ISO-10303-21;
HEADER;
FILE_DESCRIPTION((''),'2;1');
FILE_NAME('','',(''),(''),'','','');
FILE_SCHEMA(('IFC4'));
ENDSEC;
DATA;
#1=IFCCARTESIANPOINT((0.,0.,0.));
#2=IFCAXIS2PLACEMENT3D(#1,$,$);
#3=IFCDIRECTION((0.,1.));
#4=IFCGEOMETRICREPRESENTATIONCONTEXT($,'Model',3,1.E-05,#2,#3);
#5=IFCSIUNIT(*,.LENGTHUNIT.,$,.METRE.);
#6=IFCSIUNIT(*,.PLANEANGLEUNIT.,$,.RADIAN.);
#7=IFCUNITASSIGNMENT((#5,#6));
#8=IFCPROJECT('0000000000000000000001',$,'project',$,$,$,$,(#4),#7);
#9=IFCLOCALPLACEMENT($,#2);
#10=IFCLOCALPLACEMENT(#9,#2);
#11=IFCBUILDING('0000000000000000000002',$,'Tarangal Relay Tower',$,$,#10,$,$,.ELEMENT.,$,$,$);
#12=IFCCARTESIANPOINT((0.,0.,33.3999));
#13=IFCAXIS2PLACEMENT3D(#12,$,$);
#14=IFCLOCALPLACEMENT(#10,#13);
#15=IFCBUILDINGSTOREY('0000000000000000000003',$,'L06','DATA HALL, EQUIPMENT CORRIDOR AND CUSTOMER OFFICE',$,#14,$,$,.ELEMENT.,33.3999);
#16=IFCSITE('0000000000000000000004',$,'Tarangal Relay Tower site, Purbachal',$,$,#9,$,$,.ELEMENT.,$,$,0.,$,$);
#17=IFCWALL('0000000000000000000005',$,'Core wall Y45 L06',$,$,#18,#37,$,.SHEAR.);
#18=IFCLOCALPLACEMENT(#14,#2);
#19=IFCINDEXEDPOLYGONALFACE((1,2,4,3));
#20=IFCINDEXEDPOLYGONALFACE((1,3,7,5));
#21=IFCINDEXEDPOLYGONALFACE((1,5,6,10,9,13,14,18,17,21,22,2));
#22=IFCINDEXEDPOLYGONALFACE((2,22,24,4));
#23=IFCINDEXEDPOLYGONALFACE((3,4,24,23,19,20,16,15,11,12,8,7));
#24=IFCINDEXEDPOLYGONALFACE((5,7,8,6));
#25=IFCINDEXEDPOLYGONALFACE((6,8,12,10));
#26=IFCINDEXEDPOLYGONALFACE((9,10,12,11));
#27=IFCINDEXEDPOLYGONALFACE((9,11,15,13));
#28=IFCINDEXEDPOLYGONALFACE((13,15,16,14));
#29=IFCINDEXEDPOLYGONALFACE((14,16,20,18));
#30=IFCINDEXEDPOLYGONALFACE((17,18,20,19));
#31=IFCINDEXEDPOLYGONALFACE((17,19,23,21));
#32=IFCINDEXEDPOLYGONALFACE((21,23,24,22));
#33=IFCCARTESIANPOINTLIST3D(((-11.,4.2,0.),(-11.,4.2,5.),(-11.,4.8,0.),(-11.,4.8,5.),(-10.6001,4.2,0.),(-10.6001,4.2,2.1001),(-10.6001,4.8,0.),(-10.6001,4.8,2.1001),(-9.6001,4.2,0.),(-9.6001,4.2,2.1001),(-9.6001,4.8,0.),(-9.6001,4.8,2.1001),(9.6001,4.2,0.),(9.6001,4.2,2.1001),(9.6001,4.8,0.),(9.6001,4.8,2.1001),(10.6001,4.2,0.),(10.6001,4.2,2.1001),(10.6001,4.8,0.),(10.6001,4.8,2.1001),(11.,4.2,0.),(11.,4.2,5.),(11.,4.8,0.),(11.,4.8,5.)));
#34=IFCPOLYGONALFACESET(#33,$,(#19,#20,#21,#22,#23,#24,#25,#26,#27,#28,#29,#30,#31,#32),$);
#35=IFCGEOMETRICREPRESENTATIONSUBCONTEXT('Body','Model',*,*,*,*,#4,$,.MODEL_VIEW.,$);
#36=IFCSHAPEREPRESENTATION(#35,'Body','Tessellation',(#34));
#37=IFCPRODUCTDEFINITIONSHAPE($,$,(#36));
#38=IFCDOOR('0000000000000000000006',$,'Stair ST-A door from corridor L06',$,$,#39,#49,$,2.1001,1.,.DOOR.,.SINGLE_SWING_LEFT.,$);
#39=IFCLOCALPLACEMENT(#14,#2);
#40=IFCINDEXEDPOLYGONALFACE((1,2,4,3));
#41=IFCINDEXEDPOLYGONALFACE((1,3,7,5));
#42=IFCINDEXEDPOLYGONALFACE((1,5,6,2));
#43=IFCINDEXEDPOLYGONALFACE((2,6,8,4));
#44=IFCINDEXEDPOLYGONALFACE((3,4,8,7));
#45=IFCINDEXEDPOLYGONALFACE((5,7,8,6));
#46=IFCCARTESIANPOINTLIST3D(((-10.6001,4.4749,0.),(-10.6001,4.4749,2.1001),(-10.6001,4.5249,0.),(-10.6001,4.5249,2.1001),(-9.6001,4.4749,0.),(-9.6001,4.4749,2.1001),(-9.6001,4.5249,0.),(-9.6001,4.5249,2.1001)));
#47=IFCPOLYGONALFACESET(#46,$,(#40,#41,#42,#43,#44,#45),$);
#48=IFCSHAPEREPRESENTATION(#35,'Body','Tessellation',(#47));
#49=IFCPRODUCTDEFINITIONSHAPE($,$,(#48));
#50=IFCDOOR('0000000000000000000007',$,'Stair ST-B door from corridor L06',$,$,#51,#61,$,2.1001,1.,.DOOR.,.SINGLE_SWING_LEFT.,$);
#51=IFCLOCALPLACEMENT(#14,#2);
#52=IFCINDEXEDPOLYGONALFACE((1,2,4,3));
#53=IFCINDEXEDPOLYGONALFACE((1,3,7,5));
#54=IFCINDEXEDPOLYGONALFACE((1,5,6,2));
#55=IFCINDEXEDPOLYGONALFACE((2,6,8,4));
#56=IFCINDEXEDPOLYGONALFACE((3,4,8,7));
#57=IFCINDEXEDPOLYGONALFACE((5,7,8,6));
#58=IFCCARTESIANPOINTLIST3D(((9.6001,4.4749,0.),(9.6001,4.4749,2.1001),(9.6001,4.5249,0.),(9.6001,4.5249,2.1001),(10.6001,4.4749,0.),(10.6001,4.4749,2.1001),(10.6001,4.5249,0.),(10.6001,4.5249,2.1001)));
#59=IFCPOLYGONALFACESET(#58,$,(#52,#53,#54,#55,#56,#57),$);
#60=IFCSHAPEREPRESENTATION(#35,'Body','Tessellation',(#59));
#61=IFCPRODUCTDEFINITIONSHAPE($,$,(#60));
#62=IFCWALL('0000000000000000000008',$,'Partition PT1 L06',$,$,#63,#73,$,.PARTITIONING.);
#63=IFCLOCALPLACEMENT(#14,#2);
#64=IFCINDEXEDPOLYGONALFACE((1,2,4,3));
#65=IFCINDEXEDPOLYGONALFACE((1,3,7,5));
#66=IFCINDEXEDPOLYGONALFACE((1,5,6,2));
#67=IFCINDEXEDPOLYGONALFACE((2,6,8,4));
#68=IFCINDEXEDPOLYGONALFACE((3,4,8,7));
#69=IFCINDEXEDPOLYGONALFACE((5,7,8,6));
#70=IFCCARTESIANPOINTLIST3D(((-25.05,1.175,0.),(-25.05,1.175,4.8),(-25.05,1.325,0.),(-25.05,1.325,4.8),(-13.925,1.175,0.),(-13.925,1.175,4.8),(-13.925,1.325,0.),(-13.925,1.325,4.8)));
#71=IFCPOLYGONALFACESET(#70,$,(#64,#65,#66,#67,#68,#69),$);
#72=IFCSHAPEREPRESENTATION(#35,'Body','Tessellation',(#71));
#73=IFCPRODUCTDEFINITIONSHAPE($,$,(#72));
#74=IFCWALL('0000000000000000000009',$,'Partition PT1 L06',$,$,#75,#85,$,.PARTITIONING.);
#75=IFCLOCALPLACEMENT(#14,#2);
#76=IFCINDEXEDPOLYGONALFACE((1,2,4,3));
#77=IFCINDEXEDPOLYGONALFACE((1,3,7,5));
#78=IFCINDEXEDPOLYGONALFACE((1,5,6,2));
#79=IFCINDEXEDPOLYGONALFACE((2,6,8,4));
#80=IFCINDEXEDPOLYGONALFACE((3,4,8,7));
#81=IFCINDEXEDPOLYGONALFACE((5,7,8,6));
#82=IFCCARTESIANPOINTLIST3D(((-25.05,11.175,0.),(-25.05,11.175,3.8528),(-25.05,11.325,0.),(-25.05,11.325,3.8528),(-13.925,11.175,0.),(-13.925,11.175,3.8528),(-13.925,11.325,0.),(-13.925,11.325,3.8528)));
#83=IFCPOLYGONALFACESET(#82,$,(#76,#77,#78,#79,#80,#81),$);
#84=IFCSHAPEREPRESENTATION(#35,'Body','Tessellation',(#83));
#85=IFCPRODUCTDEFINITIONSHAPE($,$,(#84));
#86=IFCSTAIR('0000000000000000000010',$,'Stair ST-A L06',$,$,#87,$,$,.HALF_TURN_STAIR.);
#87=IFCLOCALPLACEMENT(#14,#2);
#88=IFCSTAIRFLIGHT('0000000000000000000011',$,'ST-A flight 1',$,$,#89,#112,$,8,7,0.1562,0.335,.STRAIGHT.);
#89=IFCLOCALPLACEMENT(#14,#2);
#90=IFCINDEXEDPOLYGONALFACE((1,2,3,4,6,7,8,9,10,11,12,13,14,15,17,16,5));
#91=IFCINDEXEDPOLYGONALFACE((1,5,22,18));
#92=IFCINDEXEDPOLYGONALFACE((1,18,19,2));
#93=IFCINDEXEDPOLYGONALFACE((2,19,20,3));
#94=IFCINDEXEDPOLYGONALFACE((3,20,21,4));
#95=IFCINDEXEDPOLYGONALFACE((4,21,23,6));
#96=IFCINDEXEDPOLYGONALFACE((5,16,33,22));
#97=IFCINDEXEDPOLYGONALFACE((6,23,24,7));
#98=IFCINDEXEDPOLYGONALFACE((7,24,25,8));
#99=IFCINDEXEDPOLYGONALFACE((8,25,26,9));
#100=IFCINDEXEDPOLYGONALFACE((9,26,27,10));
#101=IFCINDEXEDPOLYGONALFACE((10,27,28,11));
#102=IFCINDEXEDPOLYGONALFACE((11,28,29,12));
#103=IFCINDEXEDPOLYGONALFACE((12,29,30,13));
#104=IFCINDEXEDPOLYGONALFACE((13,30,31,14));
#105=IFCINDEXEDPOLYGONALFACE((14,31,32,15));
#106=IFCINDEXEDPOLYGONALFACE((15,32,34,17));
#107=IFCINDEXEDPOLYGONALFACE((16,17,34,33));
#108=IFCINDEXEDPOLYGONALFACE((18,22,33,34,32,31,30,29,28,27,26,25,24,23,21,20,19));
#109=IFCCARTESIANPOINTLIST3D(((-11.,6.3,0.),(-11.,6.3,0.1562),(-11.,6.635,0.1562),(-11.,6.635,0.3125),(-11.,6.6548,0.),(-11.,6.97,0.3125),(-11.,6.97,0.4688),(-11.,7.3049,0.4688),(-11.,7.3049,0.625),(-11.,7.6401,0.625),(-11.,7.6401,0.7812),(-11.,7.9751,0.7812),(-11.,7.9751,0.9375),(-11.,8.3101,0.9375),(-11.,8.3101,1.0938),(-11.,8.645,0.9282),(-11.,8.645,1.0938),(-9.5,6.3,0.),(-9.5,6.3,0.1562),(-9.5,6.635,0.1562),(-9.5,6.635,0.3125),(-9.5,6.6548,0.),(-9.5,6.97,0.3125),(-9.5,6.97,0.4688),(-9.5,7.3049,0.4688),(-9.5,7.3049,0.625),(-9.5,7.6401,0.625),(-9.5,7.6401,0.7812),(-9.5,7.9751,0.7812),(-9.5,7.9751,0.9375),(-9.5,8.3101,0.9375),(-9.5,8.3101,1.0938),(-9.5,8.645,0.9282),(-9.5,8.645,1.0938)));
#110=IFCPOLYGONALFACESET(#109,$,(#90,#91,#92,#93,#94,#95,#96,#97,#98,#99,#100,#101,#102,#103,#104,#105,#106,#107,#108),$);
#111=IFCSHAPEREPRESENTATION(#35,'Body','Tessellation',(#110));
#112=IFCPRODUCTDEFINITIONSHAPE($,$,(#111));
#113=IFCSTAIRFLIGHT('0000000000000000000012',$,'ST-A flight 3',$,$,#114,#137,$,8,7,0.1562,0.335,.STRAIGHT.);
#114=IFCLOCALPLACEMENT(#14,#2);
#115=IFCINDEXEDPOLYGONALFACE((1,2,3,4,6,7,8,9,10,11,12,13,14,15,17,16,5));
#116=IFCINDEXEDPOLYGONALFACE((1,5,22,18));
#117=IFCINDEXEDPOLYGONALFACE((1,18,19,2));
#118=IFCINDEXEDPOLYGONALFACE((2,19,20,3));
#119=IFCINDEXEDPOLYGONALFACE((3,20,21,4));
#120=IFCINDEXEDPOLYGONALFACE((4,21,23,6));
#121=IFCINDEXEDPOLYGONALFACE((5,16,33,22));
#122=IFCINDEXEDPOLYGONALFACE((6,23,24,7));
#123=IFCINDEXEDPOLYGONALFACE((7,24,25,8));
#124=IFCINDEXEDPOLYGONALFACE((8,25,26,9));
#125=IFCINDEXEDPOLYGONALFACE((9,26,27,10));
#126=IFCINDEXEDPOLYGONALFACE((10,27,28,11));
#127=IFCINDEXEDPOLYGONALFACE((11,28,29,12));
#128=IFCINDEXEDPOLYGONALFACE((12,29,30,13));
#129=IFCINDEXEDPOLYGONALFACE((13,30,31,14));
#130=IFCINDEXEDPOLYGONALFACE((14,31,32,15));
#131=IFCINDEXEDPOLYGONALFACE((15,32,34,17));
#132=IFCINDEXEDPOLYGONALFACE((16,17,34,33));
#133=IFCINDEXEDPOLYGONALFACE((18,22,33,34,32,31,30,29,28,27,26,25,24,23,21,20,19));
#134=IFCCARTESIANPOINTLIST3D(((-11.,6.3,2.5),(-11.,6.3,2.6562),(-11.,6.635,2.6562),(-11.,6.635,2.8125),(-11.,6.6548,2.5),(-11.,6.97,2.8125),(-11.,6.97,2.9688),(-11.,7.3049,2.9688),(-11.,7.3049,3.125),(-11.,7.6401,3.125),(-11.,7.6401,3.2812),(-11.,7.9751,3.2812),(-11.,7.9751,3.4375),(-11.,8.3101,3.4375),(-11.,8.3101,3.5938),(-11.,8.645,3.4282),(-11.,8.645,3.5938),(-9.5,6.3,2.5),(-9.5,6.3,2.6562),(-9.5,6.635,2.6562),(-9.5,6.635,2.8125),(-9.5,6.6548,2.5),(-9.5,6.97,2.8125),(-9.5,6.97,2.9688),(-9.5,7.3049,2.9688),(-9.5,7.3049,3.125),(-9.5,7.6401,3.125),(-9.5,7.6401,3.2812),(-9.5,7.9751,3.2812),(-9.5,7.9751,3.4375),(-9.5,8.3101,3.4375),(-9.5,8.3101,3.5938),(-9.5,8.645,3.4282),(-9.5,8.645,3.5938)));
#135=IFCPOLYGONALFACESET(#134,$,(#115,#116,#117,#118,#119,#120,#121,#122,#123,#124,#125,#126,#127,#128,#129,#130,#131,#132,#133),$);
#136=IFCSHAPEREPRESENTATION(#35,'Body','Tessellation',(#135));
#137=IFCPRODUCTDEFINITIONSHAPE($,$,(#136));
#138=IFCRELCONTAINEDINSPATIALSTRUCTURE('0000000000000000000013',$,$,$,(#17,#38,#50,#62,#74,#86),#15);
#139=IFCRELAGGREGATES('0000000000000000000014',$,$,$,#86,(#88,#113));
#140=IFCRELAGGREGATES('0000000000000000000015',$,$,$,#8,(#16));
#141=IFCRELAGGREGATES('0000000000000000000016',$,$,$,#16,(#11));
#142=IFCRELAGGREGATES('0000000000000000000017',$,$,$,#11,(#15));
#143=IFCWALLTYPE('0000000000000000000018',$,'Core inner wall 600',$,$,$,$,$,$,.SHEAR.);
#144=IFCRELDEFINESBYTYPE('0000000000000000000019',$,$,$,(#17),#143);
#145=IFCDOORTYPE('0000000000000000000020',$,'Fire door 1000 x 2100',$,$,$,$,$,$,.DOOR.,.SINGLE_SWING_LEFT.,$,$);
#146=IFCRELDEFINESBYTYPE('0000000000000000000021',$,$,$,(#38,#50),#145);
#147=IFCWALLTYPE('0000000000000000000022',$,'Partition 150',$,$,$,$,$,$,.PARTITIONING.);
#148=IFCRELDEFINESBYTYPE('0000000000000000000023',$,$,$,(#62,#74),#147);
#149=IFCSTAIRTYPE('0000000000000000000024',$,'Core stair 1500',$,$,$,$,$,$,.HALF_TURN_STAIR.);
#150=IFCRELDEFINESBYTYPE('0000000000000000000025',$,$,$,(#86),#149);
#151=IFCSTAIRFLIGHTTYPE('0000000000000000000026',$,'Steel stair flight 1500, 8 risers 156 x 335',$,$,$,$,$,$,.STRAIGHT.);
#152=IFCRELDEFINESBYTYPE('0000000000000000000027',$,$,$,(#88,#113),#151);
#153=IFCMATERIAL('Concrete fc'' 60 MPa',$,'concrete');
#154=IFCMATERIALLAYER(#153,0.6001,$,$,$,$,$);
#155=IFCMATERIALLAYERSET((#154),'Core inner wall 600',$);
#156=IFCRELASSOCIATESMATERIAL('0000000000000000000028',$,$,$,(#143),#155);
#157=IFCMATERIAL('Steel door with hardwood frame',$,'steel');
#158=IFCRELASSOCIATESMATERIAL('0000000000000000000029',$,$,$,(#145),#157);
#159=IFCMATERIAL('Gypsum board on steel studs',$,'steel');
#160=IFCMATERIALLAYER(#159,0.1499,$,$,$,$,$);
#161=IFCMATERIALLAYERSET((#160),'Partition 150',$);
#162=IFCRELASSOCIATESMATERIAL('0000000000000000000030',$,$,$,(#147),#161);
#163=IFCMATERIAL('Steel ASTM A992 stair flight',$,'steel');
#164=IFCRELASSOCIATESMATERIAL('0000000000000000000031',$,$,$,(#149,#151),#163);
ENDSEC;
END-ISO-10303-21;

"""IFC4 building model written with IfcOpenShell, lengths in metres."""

from ifc_helpers import new_model, si_unit, direction, frame, frame_2d, origin, place, context, subcontext, project, spatial, polyline, rectangle, outline, extrude, material, layer, layer_set, type_object, element, fill, aggregate, save


model = new_model("IFC4")

# Units and contexts
model_context = context("Model", 3, precision=1e-05, world=origin(), true_north=direction((0.0, 1.0)))
body_context = subcontext(model_context, "Body", "Model", "MODEL_VIEW")
ifc_project = project(units=[si_unit("LENGTHUNIT", "METRE"), si_unit("PLANEANGLEUNIT", "RADIAN")], contexts=[model_context])

# Site, building, storey
site_placement = place(None, origin())
site = spatial("IfcSite", under=ifc_project, at=site_placement, Name="Tarangal Relay Tower site, Purbachal", CompositionType="ELEMENT", RefElevation=0.0)
building_placement = place(site_placement, origin())
building = spatial("IfcBuilding", under=site, at=building_placement, Name="Tarangal Relay Tower", CompositionType="ELEMENT")
storey_placement = place(building_placement, frame((0.0, 0.0, 33.3999)))
storey = spatial("IfcBuildingStorey", under=building, at=storey_placement, Name="L06", Description="DATA HALL, EQUIPMENT CORRIDOR AND CUSTOMER OFFICE", CompositionType="ELEMENT", Elevation=33.3999)

# Wall, openings, doors
ifc_material_1 = material(Name="Concrete fc' 60 MPa", Category="concrete")
ifc_layer_1 = layer(ifc_material_1, 0.6001)
ifc_layer_set_1 = layer_set([ifc_layer_1], Name="Core inner wall 600")
wall_type_1 = type_object("IfcWallType", Name="Core inner wall 600", PredefinedType="SHEAR", material=ifc_layer_set_1)
wall_1_placement = place(storey_placement, frame((-11.0, 4.5, 0.0), z_axis=(0.0, 0.0, 1.0), x_axis=(1.0, 0.0, 0.0)))
wall_1 = element("IfcWall", 1, at=wall_1_placement, inside=storey, type_object=wall_type_1, Name="Core wall Y45 L06", PredefinedType="SHEAR", context=body_context, shape_type="SweptSolid", body=[
    extrude(rectangle(XDim=22.0, YDim=0.6001, at=frame_2d((11.0, 0.0))), origin(), (0.0, 0.0, 1.0), 5.0),
])
opening_1_placement = place(wall_1_placement, frame((0.3999, 0.0, 0.0)))
opening_1 = element("IfcOpeningElement", 2, at=opening_1_placement, cuts=wall_1, PredefinedType="OPENING", context=body_context, shape_type="SweptSolid", body=[
    extrude(rectangle(XDim=1.0, YDim=2.1001, at=frame_2d((0.5, 1.05))), frame((0.0, 0.3101, 0.0), z_axis=(0.0, -1.0, 0.0), x_axis=(1.0, 0.0, 0.0)), (0.0, 0.0, 1.0), 0.6201),
])
opening_2_placement = place(wall_1_placement, frame((20.6001, 0.0, 0.0)))
opening_2 = element("IfcOpeningElement", 3, at=opening_2_placement, cuts=wall_1, PredefinedType="OPENING", context=body_context, shape_type="SweptSolid", body=[
    extrude(rectangle(XDim=1.0, YDim=2.1001, at=frame_2d((0.5, 1.05))), frame((0.0, 0.3101, 0.0), z_axis=(0.0, -1.0, 0.0), x_axis=(1.0, 0.0, 0.0)), (0.0, 0.0, 1.0), 0.6201),
])
ifc_material_2 = material(Name="Steel door with hardwood frame", Category="steel")
door_type_1 = type_object("IfcDoorType", Name="Fire door 1000 x 2100", OperationType="SINGLE_SWING_LEFT", PredefinedType="DOOR", material=ifc_material_2)
door_1_placement = place(opening_1_placement, origin())
door_1 = element("IfcDoor", 4, at=door_1_placement, inside=storey, type_object=door_type_1, Name="Stair ST-A door from corridor L06", OperationType="SINGLE_SWING_LEFT", OverallHeight=2.1001, OverallWidth=1.0, PredefinedType="DOOR", context=body_context, shape_type="SweptSolid", body=[
    extrude(rectangle(XDim=1.0, YDim=2.1001, at=frame_2d((0.5, 1.05))), frame((0.0, 0.0249, 0.0), z_axis=(0.0, -1.0, 0.0), x_axis=(1.0, 0.0, 0.0)), (0.0, 0.0, 1.0), 0.05),
])
fill(opening_1, door_1)
door_2_placement = place(opening_2_placement, origin())
door_2 = element("IfcDoor", 5, at=door_2_placement, inside=storey, type_object=door_type_1, Name="Stair ST-B door from corridor L06", OperationType="SINGLE_SWING_LEFT", OverallHeight=2.1001, OverallWidth=1.0, PredefinedType="DOOR", context=body_context, shape_type="SweptSolid", body=[
    extrude(rectangle(XDim=1.0, YDim=2.1001, at=frame_2d((0.5, 1.05))), frame((0.0, 0.0249, 0.0), z_axis=(0.0, -1.0, 0.0), x_axis=(1.0, 0.0, 0.0)), (0.0, 0.0, 1.0), 0.05),
])
fill(opening_2, door_2)

# Walls
ifc_material_3 = material(Name="Gypsum board on steel studs", Category="steel")
ifc_layer_2 = layer(ifc_material_3, 0.1499)
ifc_layer_set_2 = layer_set([ifc_layer_2], Name="Partition 150")
wall_type_2 = type_object("IfcWallType", Name="Partition 150", PredefinedType="PARTITIONING", material=ifc_layer_set_2)
wall_2_placement = place(storey_placement, frame((-25.05, 1.25, 0.0), z_axis=(0.0, 0.0, 1.0), x_axis=(1.0, 0.0, 0.0)))
element("IfcWall", 6, at=wall_2_placement, inside=storey, type_object=wall_type_2, Name="Partition PT1 L06", PredefinedType="PARTITIONING", context=body_context, shape_type="SweptSolid", body=[
    extrude(rectangle(XDim=11.125, YDim=0.1499, at=frame_2d((5.5625, 0.0))), origin(), (0.0, 0.0, 1.0), 4.8),
])
wall_3_placement = place(storey_placement, frame((-25.05, 11.25, 0.0), z_axis=(0.0, 0.0, 1.0), x_axis=(1.0, 0.0, 0.0)))
element("IfcWall", 7, at=wall_3_placement, inside=storey, type_object=wall_type_2, Name="Partition PT1 L06", PredefinedType="PARTITIONING", context=body_context, shape_type="SweptSolid", body=[
    extrude(rectangle(XDim=11.125, YDim=0.1499, at=frame_2d((5.5625, 0.0))), origin(), (0.0, 0.0, 1.0), 3.8528),
])

# Stair, stair flights
ifc_material_4 = material(Name="Steel ASTM A992 stair flight", Category="steel")
stair_type = type_object("IfcStairType", Name="Core stair 1500", PredefinedType="HALF_TURN_STAIR", material=ifc_material_4)
stair_placement = place(storey_placement, origin())
stair = element("IfcStair", 8, at=stair_placement, inside=storey, type_object=stair_type, Name="Stair ST-A L06", PredefinedType="HALF_TURN_STAIR")
stair_flight_type = type_object("IfcStairFlightType", Name="Steel stair flight 1500, 8 risers 156 x 335", PredefinedType="STRAIGHT", material=ifc_material_4)
stair_flight_1_placement = place(storey_placement, frame((-10.25, 6.3, 0.0), z_axis=(0.0, 0.0, 1.0), x_axis=(0.0, 1.0, 0.0)))
stair_flight_1 = element("IfcStairFlight", 9, at=stair_flight_1_placement, type_object=stair_flight_type, Name="ST-A flight 1", NumberOfRisers=8, NumberOfTreads=7, PredefinedType="STRAIGHT", RiserHeight=0.1562, TreadLength=0.335, context=body_context, shape_type="SweptSolid", body=[
    extrude(outline(polyline([(0.0, 0.0), (0.0, 0.1562), (0.335, 0.1562), (0.335, 0.3125), (0.6699, 0.3125), (0.6699, 0.4688), (1.0049, 0.4688), (1.0049, 0.625), (1.3401, 0.625), (1.3401, 0.7812), (1.675, 0.7812), (1.675, 0.9375), (2.01, 0.9375), (2.01, 1.0938), (2.345, 1.0938), (2.345, 1.25), (2.345, 0.9282), (0.3547, 0.0), (0.0, 0.0)])), frame((0.0, 0.75, 0.0), z_axis=(0.0, -1.0, 0.0), x_axis=(1.0, 0.0, 0.0)), (0.0, 0.0, 1.0), 1.5),
])
stair_flight_2_placement = place(storey_placement, frame((-10.25, 6.3, 2.5), z_axis=(0.0, 0.0, 1.0), x_axis=(0.0, 1.0, 0.0)))
stair_flight_2 = element("IfcStairFlight", 10, at=stair_flight_2_placement, type_object=stair_flight_type, Name="ST-A flight 3", NumberOfRisers=8, NumberOfTreads=7, PredefinedType="STRAIGHT", RiserHeight=0.1562, TreadLength=0.335, context=body_context, shape_type="SweptSolid", body=[
    extrude(outline(polyline([(0.0, 0.0), (0.0, 0.1562), (0.335, 0.1562), (0.335, 0.3125), (0.6699, 0.3125), (0.6699, 0.4688), (1.0049, 0.4688), (1.0049, 0.625), (1.3401, 0.625), (1.3401, 0.7812), (1.675, 0.7812), (1.675, 0.9375), (2.01, 0.9375), (2.01, 1.0938), (2.345, 1.0938), (2.345, 1.25), (2.345, 0.9282), (0.3547, 0.0), (0.0, 0.0)])), frame((0.0, 0.75, 0.0), z_axis=(0.0, -1.0, 0.0), x_axis=(1.0, 0.0, 0.0)), (0.0, 0.0, 1.0), 1.5),
])
aggregate(stair, [stair_flight_1, stair_flight_2])

save(model, "model.ifc")
